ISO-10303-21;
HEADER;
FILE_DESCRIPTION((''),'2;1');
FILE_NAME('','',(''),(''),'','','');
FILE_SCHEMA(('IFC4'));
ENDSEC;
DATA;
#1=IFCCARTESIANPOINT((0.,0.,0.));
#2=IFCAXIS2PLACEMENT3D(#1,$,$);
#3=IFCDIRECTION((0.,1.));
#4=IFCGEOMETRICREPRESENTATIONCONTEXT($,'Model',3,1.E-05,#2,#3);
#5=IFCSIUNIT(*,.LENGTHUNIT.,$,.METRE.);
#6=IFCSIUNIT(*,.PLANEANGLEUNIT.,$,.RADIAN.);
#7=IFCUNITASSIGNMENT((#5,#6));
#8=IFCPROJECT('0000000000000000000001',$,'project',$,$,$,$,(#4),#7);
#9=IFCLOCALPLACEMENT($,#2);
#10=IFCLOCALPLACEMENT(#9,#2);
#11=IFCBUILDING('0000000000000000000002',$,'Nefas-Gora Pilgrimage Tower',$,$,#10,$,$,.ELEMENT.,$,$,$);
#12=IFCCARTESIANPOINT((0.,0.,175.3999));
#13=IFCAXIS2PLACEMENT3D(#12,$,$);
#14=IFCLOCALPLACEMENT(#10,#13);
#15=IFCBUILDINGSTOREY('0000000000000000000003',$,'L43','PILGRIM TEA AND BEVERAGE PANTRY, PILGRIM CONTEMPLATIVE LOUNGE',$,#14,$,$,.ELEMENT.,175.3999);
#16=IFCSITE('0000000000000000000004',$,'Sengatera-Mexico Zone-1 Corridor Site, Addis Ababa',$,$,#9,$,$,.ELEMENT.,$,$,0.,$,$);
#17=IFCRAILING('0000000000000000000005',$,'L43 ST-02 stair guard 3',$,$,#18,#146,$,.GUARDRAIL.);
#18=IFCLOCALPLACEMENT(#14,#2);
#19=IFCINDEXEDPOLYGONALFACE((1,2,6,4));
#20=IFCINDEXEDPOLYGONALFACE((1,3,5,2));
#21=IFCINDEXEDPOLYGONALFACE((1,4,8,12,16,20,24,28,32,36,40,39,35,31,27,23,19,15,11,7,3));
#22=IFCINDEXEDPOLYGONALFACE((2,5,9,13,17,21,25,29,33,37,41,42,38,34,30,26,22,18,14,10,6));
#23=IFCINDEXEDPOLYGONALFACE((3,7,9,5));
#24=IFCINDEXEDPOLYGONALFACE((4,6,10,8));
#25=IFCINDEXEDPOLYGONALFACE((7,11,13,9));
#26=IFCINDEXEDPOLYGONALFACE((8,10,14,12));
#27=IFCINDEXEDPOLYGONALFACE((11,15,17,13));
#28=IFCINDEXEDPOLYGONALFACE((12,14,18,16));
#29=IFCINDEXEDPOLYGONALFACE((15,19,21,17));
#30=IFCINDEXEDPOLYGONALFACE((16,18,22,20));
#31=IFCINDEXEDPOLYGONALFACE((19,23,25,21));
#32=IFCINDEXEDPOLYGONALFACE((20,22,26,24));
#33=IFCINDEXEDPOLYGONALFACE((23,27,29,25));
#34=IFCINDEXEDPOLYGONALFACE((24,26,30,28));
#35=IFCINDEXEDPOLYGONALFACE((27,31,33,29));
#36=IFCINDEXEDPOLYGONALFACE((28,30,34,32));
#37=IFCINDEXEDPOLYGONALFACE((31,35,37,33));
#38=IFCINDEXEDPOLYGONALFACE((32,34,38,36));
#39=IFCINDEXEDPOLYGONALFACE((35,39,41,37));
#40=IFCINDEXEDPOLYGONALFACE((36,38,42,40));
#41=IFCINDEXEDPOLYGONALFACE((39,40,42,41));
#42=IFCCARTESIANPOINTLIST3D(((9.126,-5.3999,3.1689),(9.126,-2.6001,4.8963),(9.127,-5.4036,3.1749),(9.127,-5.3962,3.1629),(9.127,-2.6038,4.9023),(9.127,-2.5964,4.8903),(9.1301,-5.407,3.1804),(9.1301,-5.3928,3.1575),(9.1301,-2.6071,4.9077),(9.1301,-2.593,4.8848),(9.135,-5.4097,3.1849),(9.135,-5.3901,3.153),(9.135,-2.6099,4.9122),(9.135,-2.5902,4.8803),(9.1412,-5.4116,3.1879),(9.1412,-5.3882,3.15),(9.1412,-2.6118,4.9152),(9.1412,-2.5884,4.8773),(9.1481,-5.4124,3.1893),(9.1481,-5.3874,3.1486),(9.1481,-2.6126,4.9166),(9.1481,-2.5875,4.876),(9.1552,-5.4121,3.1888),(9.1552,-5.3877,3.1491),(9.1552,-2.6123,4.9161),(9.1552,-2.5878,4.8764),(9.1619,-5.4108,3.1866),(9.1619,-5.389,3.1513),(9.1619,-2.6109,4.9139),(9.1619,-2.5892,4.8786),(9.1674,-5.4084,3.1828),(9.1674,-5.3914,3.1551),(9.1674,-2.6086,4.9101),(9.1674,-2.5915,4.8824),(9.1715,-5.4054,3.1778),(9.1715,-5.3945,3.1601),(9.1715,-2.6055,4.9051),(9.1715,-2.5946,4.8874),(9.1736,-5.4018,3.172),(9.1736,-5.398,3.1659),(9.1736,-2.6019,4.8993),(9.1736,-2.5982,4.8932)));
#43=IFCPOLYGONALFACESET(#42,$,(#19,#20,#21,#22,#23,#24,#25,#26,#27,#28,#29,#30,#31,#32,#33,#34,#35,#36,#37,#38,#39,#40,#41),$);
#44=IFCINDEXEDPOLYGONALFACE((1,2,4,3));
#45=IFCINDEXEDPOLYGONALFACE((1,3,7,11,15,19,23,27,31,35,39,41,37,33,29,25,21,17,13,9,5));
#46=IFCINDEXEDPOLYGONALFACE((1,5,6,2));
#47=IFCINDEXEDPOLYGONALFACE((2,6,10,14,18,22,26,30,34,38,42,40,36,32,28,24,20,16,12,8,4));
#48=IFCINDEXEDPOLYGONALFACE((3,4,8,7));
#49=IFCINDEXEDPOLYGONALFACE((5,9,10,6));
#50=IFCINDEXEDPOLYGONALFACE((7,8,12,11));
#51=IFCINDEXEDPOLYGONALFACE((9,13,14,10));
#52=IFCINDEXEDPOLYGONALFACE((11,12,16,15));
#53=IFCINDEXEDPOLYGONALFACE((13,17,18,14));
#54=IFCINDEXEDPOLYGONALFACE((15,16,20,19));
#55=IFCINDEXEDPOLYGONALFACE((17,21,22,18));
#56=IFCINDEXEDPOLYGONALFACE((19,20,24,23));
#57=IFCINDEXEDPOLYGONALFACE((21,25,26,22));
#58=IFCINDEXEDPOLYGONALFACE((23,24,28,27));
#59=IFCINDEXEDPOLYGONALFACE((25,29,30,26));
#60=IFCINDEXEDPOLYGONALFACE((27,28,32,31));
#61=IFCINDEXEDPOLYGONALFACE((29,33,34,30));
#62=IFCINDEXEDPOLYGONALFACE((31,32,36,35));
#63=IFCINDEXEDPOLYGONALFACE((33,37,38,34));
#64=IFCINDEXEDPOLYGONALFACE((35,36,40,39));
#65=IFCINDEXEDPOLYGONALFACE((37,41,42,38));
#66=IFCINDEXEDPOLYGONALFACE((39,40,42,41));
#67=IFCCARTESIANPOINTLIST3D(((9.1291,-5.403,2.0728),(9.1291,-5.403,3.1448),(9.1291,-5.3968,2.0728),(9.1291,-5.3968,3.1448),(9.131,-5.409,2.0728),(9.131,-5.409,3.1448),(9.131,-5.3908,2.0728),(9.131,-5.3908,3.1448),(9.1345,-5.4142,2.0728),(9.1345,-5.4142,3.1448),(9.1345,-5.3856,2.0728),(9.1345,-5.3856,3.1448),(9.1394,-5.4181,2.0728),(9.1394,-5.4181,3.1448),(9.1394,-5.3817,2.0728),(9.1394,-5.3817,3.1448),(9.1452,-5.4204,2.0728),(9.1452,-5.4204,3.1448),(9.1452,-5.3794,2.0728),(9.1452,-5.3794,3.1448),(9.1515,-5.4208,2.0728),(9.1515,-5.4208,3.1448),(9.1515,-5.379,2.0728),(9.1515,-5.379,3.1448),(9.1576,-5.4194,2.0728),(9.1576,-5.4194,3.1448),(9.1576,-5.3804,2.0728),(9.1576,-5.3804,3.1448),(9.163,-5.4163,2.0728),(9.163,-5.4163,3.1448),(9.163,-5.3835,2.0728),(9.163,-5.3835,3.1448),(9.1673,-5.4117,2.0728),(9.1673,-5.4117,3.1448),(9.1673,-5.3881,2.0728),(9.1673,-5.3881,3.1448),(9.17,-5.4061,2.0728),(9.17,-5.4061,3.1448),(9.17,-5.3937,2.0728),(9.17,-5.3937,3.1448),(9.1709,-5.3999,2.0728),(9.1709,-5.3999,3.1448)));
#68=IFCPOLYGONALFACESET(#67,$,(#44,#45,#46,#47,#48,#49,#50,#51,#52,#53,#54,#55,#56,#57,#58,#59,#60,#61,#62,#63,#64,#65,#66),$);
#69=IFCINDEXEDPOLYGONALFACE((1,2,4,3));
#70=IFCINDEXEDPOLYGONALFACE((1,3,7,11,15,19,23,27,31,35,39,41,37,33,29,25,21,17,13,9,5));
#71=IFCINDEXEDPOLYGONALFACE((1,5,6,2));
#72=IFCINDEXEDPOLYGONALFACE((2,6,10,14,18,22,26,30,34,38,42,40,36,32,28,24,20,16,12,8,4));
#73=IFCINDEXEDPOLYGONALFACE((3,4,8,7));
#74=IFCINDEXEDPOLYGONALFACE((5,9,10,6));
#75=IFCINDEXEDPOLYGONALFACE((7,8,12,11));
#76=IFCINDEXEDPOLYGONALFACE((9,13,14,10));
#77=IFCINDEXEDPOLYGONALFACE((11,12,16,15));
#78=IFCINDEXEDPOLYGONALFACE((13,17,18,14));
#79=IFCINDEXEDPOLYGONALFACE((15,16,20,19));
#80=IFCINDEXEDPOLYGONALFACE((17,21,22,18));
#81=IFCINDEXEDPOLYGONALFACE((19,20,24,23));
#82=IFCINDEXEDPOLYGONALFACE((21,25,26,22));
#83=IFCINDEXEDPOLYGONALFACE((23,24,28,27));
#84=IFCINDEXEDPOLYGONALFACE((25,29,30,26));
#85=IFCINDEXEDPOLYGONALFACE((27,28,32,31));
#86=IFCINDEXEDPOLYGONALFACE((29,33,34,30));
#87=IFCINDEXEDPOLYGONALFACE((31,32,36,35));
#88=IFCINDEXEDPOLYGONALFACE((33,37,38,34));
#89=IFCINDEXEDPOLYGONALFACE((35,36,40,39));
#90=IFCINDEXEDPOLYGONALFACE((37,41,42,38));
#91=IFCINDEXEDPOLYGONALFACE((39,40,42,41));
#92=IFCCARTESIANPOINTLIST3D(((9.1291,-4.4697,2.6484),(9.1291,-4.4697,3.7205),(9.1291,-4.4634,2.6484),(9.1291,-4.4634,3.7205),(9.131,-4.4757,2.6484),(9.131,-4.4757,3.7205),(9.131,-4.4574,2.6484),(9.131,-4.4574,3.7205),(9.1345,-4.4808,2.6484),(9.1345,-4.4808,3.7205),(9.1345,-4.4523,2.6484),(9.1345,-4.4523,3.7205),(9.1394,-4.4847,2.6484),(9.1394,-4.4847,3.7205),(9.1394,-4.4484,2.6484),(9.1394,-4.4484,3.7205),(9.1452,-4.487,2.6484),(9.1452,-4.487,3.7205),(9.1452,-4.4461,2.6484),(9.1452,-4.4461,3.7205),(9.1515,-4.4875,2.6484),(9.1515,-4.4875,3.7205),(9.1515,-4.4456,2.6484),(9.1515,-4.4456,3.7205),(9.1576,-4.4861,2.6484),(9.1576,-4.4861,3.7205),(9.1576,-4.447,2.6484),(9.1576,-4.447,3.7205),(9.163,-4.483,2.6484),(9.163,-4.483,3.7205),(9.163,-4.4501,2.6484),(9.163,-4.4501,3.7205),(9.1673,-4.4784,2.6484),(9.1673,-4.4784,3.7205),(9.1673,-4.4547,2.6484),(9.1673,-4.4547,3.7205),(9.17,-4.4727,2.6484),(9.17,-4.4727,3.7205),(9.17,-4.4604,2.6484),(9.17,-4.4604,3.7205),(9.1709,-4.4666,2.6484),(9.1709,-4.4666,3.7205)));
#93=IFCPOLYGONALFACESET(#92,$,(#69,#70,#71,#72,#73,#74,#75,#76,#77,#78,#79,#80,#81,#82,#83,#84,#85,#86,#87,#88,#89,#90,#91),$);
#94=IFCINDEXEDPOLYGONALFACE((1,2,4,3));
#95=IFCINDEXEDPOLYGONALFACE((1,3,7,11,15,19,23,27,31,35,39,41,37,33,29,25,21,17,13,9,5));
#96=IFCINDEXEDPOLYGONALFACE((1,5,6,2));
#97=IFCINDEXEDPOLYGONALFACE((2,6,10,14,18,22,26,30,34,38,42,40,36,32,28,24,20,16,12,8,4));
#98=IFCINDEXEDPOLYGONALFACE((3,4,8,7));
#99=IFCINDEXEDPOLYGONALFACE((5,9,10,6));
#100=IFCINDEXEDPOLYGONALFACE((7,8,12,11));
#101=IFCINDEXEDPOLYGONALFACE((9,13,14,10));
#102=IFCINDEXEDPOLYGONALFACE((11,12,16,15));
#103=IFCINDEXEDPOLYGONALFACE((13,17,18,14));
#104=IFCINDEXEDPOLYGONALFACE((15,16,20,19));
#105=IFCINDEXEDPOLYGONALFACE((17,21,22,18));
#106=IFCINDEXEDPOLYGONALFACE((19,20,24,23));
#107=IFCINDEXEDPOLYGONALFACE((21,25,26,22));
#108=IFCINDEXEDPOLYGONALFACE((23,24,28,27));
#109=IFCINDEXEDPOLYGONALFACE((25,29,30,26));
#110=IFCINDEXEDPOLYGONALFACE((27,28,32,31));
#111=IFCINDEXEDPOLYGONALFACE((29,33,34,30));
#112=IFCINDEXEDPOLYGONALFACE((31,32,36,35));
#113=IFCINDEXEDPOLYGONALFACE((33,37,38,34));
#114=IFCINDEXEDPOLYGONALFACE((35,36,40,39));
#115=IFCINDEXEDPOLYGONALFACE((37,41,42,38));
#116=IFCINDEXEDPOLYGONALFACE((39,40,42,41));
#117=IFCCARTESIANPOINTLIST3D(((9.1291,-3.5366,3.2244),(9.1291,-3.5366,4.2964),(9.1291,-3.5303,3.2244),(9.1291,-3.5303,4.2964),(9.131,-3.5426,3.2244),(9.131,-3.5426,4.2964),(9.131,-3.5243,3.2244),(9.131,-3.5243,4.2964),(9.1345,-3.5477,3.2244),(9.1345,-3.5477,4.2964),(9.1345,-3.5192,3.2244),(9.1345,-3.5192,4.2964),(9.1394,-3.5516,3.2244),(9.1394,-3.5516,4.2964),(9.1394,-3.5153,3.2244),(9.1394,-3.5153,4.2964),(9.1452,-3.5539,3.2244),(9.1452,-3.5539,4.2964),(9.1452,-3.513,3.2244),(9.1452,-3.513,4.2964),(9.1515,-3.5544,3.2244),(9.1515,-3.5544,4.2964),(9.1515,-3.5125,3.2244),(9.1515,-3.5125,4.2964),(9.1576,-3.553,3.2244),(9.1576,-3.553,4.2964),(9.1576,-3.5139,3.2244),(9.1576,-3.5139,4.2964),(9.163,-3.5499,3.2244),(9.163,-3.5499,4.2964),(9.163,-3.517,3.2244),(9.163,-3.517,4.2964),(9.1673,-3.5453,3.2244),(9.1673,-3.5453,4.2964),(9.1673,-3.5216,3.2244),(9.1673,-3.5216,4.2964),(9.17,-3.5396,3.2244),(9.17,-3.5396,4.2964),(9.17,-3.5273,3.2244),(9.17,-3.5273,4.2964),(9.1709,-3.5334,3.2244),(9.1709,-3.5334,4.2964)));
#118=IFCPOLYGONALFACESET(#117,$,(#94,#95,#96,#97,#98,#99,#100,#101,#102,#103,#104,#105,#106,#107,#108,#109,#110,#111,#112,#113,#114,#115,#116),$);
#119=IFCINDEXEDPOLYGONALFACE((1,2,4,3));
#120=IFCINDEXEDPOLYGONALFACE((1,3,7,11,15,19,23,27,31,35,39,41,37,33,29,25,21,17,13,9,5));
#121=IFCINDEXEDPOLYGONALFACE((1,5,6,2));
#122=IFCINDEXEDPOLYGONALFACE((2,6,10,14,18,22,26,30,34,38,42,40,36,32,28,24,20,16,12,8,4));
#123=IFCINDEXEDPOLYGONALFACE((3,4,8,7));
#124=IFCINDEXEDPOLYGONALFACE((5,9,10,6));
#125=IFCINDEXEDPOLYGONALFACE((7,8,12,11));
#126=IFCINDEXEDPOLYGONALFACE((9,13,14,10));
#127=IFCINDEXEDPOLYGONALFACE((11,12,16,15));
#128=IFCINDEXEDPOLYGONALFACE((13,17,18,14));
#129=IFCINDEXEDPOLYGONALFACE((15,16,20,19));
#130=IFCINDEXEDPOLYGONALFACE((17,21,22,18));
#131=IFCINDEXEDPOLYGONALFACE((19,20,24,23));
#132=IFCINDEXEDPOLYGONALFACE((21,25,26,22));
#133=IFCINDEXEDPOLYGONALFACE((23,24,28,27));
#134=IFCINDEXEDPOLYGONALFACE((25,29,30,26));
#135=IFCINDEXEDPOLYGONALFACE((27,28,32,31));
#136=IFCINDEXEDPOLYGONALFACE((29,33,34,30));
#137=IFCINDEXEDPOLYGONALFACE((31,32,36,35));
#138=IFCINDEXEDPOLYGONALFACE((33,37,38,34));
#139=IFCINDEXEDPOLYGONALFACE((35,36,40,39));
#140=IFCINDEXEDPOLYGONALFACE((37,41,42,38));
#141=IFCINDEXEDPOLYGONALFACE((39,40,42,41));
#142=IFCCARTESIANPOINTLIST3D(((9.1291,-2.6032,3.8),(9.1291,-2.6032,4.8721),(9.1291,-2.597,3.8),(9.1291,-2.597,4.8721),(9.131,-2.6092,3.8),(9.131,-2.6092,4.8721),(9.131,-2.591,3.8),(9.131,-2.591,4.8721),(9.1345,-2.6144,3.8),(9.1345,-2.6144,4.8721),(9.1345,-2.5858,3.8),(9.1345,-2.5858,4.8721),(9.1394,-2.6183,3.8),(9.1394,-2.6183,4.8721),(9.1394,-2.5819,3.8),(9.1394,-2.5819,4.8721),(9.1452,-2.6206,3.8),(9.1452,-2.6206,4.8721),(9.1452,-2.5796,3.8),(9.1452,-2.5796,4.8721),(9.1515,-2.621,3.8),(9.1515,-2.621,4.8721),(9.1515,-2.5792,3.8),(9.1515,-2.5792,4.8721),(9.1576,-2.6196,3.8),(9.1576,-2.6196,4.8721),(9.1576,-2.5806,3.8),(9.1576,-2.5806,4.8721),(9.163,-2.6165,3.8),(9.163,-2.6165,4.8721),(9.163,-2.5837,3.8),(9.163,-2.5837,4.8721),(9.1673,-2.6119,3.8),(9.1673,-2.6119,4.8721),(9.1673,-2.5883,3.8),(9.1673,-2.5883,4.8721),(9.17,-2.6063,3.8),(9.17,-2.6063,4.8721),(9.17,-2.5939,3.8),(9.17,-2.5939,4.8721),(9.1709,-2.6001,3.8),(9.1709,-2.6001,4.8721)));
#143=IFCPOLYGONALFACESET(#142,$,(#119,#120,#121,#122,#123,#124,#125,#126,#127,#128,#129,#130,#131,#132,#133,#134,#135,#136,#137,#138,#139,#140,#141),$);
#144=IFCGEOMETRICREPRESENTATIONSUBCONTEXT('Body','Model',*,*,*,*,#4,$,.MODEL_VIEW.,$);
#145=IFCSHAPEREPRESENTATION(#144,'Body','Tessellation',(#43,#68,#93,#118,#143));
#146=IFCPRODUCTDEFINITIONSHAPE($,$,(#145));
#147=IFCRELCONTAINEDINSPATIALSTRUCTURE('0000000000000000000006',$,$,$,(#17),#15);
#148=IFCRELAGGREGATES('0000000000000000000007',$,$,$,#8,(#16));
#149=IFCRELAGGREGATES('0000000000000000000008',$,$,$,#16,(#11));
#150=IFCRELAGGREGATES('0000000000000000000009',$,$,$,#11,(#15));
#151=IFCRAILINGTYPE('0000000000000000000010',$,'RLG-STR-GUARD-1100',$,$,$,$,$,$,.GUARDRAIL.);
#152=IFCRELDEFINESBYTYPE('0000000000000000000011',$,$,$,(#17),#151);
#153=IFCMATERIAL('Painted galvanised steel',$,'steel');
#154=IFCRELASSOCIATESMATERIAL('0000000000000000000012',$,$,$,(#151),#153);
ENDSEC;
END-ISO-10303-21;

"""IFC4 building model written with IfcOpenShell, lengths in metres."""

from ifc_helpers import new_model, si_unit, direction, frame, origin, origin_2d, place, context, subcontext, project, spatial, circle, extrude, material, type_object, element, save


model = new_model("IFC4")

# Units and contexts
model_context = context("Model", 3, precision=1e-05, world=origin(), true_north=direction((0.0, 1.0)))
body_context = subcontext(model_context, "Body", "Model", "MODEL_VIEW")
ifc_project = project(units=[si_unit("LENGTHUNIT", "METRE"), si_unit("PLANEANGLEUNIT", "RADIAN")], contexts=[model_context])

# Site, building, storey
site_placement = place(None, origin())
site = spatial("IfcSite", under=ifc_project, at=site_placement, Name="Sengatera-Mexico Zone-1 Corridor Site, Addis Ababa", CompositionType="ELEMENT", RefElevation=0.0)
building_placement = place(site_placement, origin())
building = spatial("IfcBuilding", under=site, at=building_placement, Name="Nefas-Gora Pilgrimage Tower", CompositionType="ELEMENT")
storey_placement = place(building_placement, frame((0.0, 0.0, 175.3999)))
storey = spatial("IfcBuildingStorey", under=building, at=storey_placement, Name="L43", Description="PILGRIM TEA AND BEVERAGE PANTRY, PILGRIM CONTEMPLATIVE LOUNGE", CompositionType="ELEMENT", Elevation=175.3999)

# Railing
ifc_material_1 = material(Name="Painted galvanised steel", Category="steel")
railing_type_1 = type_object("IfcRailingType", Name="RLG-STR-GUARD-1100", PredefinedType="GUARDRAIL", material=ifc_material_1)
railing_1_placement = place(storey_placement, frame((9.1499, -5.3999, 2.0728)))
element("IfcRailing", 1, at=railing_1_placement, inside=storey, type_object=railing_type_1, Name="L43 ST-02 stair guard 3", PredefinedType="GUARDRAIL", context=body_context, shape_type="SweptSolid", body=[
    extrude(circle(Radius=0.0239, at=origin_2d()), frame((0.0, 0.0, 1.0962), z_axis=(0.0, 0.851069, 0.525054), x_axis=(-1.0, 0.0, 0.0)), (0.0, 0.0, 1.0), 3.2898),
    extrude(circle(Radius=0.021, at=origin_2d()), origin(), (0.0, 0.0, 1.0), 1.072),
    extrude(circle(Radius=0.021, at=origin_2d()), frame((0.0, 0.9333, 0.5757)), (0.0, 0.0, 1.0), 1.072),
    extrude(circle(Radius=0.021, at=origin_2d()), frame((0.0, 1.8665, 1.1516)), (0.0, 0.0, 1.0), 1.072),
    extrude(circle(Radius=0.021, at=origin_2d()), frame((0.0, 2.7998, 1.7273)), (0.0, 0.0, 1.0), 1.072),
])

save(model, "model.ifc")
